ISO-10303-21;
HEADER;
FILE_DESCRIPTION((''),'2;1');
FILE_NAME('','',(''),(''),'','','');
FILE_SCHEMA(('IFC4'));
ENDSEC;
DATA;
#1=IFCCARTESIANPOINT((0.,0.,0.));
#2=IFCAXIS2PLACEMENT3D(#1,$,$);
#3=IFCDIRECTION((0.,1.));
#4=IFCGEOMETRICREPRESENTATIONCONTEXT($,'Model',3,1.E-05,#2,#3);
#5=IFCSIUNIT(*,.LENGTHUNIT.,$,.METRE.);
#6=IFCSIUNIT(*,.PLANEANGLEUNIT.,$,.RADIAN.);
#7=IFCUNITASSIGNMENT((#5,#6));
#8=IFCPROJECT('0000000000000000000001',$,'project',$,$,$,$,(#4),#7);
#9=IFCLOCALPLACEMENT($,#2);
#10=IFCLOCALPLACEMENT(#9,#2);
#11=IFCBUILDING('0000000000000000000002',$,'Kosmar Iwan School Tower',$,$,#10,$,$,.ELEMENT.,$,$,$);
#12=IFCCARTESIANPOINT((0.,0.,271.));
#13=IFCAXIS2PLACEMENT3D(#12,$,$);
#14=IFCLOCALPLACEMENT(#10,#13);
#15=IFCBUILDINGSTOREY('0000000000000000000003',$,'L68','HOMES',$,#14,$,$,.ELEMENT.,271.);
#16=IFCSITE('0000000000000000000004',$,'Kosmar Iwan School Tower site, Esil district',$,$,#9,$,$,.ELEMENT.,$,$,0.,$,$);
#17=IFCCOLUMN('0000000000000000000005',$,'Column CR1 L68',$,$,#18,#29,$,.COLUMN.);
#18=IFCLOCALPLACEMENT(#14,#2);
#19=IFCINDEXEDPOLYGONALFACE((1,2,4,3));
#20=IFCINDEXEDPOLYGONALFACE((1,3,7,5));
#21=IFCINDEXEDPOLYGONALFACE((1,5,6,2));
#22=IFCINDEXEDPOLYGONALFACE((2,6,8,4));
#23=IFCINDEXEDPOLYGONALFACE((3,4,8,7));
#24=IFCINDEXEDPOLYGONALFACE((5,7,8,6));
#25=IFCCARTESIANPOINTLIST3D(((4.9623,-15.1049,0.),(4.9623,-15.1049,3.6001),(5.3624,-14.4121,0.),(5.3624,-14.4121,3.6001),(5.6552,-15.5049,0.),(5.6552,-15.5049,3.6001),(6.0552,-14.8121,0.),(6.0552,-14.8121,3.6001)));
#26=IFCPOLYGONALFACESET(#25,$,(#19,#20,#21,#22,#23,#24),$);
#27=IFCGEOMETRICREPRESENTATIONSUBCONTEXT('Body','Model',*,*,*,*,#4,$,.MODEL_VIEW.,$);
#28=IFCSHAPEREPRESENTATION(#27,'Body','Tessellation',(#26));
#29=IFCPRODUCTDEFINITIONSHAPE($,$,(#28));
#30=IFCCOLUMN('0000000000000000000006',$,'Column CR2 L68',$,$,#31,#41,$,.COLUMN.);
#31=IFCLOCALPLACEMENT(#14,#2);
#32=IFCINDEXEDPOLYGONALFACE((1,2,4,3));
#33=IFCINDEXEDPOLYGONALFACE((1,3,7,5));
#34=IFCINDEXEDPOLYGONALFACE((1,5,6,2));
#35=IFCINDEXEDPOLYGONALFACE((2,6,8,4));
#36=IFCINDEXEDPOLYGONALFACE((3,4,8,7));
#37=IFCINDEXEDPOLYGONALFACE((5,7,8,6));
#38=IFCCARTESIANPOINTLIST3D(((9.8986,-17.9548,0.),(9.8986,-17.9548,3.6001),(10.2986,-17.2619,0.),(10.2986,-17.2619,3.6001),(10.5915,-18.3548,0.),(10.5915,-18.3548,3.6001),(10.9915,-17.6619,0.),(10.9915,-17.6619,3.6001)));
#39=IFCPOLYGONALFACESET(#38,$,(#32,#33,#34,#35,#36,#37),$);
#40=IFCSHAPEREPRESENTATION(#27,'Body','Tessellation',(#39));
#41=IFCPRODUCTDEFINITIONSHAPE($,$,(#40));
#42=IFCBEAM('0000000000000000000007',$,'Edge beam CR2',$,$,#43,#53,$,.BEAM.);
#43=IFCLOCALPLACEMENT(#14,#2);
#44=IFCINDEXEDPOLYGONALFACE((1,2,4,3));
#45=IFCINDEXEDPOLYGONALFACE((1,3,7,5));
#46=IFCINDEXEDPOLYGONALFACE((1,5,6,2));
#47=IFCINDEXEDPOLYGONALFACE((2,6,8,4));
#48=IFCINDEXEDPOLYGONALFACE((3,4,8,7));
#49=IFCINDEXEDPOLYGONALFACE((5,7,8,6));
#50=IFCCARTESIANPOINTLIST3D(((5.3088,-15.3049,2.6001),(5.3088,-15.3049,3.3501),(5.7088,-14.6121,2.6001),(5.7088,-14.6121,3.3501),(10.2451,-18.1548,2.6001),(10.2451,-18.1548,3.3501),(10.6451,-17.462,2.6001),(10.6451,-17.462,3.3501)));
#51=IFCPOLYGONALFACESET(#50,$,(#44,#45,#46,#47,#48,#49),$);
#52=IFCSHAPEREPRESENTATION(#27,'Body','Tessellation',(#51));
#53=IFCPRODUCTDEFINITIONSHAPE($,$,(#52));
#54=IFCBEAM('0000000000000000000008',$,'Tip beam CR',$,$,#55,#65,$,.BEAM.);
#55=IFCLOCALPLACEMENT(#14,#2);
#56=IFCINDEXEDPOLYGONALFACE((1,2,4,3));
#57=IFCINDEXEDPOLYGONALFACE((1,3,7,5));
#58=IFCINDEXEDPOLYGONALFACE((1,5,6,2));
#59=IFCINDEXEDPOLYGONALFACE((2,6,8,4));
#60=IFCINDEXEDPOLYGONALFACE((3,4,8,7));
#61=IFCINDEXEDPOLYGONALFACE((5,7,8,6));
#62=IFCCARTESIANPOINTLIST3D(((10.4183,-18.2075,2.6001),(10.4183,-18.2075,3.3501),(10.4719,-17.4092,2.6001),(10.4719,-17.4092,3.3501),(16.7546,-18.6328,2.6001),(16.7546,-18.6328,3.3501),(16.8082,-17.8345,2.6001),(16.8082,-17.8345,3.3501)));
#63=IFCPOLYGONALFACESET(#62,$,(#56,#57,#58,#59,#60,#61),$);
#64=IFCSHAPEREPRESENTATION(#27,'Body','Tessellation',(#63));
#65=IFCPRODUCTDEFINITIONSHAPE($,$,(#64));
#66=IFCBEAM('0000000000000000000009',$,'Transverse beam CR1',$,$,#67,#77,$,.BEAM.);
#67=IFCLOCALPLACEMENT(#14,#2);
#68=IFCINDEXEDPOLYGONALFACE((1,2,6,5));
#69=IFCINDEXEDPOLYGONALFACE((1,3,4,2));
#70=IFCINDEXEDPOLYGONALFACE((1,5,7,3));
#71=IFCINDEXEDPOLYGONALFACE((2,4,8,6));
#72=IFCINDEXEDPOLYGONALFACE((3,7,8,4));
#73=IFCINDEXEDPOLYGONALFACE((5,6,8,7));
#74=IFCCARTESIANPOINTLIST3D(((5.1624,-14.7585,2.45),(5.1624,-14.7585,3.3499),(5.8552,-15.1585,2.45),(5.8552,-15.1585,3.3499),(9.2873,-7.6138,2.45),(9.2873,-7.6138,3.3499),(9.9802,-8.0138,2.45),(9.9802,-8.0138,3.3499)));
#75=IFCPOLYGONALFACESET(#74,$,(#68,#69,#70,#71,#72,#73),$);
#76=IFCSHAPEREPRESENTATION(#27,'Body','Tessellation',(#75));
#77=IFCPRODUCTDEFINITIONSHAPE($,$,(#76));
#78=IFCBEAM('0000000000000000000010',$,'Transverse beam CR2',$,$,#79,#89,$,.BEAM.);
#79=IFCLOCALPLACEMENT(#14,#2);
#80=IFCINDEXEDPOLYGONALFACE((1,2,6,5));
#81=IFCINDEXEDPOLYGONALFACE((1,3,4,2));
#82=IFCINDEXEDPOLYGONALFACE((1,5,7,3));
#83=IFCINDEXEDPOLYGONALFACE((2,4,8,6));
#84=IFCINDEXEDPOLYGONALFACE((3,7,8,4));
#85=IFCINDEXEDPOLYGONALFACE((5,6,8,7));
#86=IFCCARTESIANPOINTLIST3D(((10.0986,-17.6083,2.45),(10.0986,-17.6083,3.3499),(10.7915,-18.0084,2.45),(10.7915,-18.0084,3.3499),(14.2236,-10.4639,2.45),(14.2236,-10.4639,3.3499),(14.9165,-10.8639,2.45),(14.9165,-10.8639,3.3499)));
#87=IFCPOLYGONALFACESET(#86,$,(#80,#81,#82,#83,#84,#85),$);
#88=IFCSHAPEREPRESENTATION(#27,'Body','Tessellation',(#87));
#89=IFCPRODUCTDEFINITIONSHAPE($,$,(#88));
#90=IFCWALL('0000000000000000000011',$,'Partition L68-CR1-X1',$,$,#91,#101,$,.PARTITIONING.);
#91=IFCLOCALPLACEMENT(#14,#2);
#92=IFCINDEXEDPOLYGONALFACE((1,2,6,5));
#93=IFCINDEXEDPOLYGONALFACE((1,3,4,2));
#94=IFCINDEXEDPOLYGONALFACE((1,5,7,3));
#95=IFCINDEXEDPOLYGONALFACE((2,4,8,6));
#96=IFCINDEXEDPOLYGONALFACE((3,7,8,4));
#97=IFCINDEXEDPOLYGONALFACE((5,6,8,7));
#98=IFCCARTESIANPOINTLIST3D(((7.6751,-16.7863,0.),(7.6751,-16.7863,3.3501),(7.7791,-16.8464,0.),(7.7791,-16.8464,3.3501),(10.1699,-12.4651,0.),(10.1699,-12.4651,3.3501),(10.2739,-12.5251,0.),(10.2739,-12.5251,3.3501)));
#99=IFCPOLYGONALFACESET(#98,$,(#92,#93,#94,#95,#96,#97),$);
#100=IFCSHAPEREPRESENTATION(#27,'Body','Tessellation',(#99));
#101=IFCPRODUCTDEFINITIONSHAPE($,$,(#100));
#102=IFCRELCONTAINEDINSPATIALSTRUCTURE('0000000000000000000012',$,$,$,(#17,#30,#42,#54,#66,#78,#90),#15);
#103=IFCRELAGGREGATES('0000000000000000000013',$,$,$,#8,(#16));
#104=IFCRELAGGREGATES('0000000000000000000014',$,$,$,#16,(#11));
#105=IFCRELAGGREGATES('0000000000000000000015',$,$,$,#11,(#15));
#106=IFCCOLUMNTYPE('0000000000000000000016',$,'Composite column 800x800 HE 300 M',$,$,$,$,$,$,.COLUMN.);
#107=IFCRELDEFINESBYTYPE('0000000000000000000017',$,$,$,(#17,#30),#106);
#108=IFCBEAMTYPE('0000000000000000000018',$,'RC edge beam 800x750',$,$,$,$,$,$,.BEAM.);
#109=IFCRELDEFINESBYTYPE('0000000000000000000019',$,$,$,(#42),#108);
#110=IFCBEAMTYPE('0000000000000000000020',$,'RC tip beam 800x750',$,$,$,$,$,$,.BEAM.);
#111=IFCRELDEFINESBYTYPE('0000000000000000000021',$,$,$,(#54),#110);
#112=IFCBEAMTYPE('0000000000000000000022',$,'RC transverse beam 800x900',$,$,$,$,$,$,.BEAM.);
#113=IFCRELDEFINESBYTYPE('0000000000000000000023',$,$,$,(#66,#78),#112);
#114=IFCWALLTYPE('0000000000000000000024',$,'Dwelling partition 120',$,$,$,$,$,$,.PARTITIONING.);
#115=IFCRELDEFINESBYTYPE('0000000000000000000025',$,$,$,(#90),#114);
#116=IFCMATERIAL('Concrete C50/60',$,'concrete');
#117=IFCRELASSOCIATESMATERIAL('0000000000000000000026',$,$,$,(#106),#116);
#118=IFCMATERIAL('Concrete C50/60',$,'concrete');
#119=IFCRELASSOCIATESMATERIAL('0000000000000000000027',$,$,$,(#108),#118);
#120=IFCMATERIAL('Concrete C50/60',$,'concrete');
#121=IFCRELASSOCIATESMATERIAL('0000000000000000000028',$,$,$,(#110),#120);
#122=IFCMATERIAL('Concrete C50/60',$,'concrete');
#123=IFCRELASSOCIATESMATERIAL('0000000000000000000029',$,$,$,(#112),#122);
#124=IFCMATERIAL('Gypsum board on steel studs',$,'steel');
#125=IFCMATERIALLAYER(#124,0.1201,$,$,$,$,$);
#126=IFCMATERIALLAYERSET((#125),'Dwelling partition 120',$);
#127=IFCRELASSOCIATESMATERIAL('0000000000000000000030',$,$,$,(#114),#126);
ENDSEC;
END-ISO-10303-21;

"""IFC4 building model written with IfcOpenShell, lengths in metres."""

from ifc_helpers import new_model, si_unit, direction, frame, frame_2d, origin, origin_2d, place, context, subcontext, project, spatial, rectangle, extrude, material, layer, layer_set, material_profile, profile_set, type_object, element, save


model = new_model("IFC4")

# Units and contexts
model_context = context("Model", 3, precision=1e-05, world=origin(), true_north=direction((0.0, 1.0)))
body_context = subcontext(model_context, "Body", "Model", "MODEL_VIEW")
ifc_project = project(units=[si_unit("LENGTHUNIT", "METRE"), si_unit("PLANEANGLEUNIT", "RADIAN")], contexts=[model_context])

# Site, building, storey
site_placement = place(None, origin())
site = spatial("IfcSite", under=ifc_project, at=site_placement, Name="Kosmar Iwan School Tower site, Esil district", CompositionType="ELEMENT", RefElevation=0.0)
building_placement = place(site_placement, origin())
building = spatial("IfcBuilding", under=site, at=building_placement, Name="Kosmar Iwan School Tower", CompositionType="ELEMENT")
storey_placement = place(building_placement, frame((0.0, 0.0, 271.0)))
storey = spatial("IfcBuildingStorey", under=building, at=storey_placement, Name="L68", Description="HOMES", CompositionType="ELEMENT", Elevation=271.0)

# Columns
ifc_material_1 = material(Name="Concrete C50/60", Category="concrete")
ifc_material_profile_1 = material_profile(ifc_material_1, rectangle(XDim=0.8, YDim=0.8, at=origin_2d()), Name="RC 800x800 + HE 300 M")
ifc_profile_set_1 = profile_set([ifc_material_profile_1], Name="Concrete C50/60")
column_type = type_object("IfcColumnType", Name="Composite column 800x800 HE 300 M", PredefinedType="COLUMN", material=ifc_profile_set_1)
for number, where, z_axis, x_axis, name in (
    (1, (5.5088, -14.9585, 0.0), (0.0, 0.0, 1.0), (0.866025, -0.5, 0.0), "Column CR1 L68"),
    (2, (10.4451, -17.8083, 0.0), (0.0, 0.0, 1.0), (0.866025, -0.5, 0.0), "Column CR2 L68"),
):
    element("IfcColumn", number, at=place(storey_placement, frame(where, z_axis=z_axis, x_axis=x_axis)), inside=storey, type_object=column_type, Name=name, PredefinedType="COLUMN", context=body_context, shape_type="SweptSolid", body=[
        extrude(rectangle(XDim=0.8, YDim=0.8, at=origin_2d()), origin(), (0.0, 0.0, 1.0), 3.6001),
    ])

# Beams
ifc_material_2 = material(Name="Concrete C50/60", Category="concrete")
ifc_material_profile_2 = material_profile(ifc_material_2, rectangle(XDim=0.8, YDim=0.75, at=origin_2d()), Name="RC 800x750")
ifc_profile_set_2 = profile_set([ifc_material_profile_2], Name="Concrete C50/60")
beam_type_1 = type_object("IfcBeamType", Name="RC edge beam 800x750", PredefinedType="BEAM", material=ifc_profile_set_2)
beam_1_placement = place(storey_placement, frame((5.5088, -14.9585, 2.9751), z_axis=(0.866034, -0.499986, 0.0), x_axis=(0.499986, 0.866034, 0.0)))
element("IfcBeam", 3, at=beam_1_placement, inside=storey, type_object=beam_type_1, Name="Edge beam CR2", PredefinedType="BEAM", context=body_context, shape_type="SweptSolid", body=[
    extrude(rectangle(XDim=0.8, YDim=0.75, at=origin_2d()), origin(), (0.0, 0.0, 1.0), 5.7),
])
ifc_material_3 = material(Name="Concrete C50/60", Category="concrete")
ifc_material_profile_3 = material_profile(ifc_material_3, rectangle(XDim=0.8, YDim=0.75, at=origin_2d()), Name="RC 800x750")
ifc_profile_set_3 = profile_set([ifc_material_profile_3], Name="Concrete C50/60")
beam_type_2 = type_object("IfcBeamType", Name="RC tip beam 800x750", PredefinedType="BEAM", material=ifc_profile_set_3)
beam_2_placement = place(storey_placement, frame((10.4451, -17.8083, 2.9751), z_axis=(0.997755, -0.066968, 0.0), x_axis=(0.066968, 0.997755, 0.0)))
element("IfcBeam", 4, at=beam_2_placement, inside=storey, type_object=beam_type_2, Name="Tip beam CR", PredefinedType="BEAM", context=body_context, shape_type="SweptSolid", body=[
    extrude(rectangle(XDim=0.8, YDim=0.75, at=origin_2d()), origin(), (0.0, 0.0, 1.0), 6.3506),
])
ifc_material_4 = material(Name="Concrete C50/60", Category="concrete")
ifc_material_profile_4 = material_profile(ifc_material_4, rectangle(XDim=0.8, YDim=0.8999, at=origin_2d()), Name="RC 800x900")
ifc_profile_set_4 = profile_set([ifc_material_profile_4], Name="Concrete C50/60")
beam_type_3 = type_object("IfcBeamType", Name="RC transverse beam 800x900", PredefinedType="BEAM", material=ifc_profile_set_4)
beam_3_placement = place(storey_placement, frame((5.5088, -14.9585, 2.8999), z_axis=(0.499997, 0.866027, 0.0), x_axis=(-0.866027, 0.499997, 0.0)))
element("IfcBeam", 5, at=beam_3_placement, inside=storey, type_object=beam_type_3, Name="Transverse beam CR1", PredefinedType="BEAM", context=body_context, shape_type="SweptSolid", body=[
    extrude(rectangle(XDim=0.8, YDim=0.8999, at=origin_2d()), origin(), (0.0, 0.0, 1.0), 8.25),
])
beam_4_placement = place(storey_placement, frame((10.4451, -17.8083, 2.8999), z_axis=(0.500009, 0.86602, 0.0), x_axis=(-0.86602, 0.500009, 0.0)))
element("IfcBeam", 6, at=beam_4_placement, inside=storey, type_object=beam_type_3, Name="Transverse beam CR2", PredefinedType="BEAM", context=body_context, shape_type="SweptSolid", body=[
    extrude(rectangle(XDim=0.8, YDim=0.8999, at=origin_2d()), origin(), (0.0, 0.0, 1.0), 8.2498),
])

# Wall
ifc_material_5 = material(Name="Gypsum board on steel studs", Category="steel")
ifc_layer_1 = layer(ifc_material_5, 0.1201)
ifc_layer_set_1 = layer_set([ifc_layer_1], Name="Dwelling partition 120")
wall_type_1 = type_object("IfcWallType", Name="Dwelling partition 120", PredefinedType="PARTITIONING", material=ifc_layer_set_1)
wall_1_placement = place(storey_placement, frame((10.2219, -12.4951, 0.0), z_axis=(0.0, 0.0, 1.0), x_axis=(-0.499996, -0.866028, 0.0)))
element("IfcWall", 7, at=wall_1_placement, inside=storey, type_object=wall_type_1, Name="Partition L68-CR1-X1", PredefinedType="PARTITIONING", context=body_context, shape_type="SweptSolid", body=[
    extrude(rectangle(XDim=4.9897, YDim=0.1201, at=frame_2d((2.4949, 0.0))), origin(), (0.0, 0.0, 1.0), 3.3501),
])

save(model, "model.ifc")
